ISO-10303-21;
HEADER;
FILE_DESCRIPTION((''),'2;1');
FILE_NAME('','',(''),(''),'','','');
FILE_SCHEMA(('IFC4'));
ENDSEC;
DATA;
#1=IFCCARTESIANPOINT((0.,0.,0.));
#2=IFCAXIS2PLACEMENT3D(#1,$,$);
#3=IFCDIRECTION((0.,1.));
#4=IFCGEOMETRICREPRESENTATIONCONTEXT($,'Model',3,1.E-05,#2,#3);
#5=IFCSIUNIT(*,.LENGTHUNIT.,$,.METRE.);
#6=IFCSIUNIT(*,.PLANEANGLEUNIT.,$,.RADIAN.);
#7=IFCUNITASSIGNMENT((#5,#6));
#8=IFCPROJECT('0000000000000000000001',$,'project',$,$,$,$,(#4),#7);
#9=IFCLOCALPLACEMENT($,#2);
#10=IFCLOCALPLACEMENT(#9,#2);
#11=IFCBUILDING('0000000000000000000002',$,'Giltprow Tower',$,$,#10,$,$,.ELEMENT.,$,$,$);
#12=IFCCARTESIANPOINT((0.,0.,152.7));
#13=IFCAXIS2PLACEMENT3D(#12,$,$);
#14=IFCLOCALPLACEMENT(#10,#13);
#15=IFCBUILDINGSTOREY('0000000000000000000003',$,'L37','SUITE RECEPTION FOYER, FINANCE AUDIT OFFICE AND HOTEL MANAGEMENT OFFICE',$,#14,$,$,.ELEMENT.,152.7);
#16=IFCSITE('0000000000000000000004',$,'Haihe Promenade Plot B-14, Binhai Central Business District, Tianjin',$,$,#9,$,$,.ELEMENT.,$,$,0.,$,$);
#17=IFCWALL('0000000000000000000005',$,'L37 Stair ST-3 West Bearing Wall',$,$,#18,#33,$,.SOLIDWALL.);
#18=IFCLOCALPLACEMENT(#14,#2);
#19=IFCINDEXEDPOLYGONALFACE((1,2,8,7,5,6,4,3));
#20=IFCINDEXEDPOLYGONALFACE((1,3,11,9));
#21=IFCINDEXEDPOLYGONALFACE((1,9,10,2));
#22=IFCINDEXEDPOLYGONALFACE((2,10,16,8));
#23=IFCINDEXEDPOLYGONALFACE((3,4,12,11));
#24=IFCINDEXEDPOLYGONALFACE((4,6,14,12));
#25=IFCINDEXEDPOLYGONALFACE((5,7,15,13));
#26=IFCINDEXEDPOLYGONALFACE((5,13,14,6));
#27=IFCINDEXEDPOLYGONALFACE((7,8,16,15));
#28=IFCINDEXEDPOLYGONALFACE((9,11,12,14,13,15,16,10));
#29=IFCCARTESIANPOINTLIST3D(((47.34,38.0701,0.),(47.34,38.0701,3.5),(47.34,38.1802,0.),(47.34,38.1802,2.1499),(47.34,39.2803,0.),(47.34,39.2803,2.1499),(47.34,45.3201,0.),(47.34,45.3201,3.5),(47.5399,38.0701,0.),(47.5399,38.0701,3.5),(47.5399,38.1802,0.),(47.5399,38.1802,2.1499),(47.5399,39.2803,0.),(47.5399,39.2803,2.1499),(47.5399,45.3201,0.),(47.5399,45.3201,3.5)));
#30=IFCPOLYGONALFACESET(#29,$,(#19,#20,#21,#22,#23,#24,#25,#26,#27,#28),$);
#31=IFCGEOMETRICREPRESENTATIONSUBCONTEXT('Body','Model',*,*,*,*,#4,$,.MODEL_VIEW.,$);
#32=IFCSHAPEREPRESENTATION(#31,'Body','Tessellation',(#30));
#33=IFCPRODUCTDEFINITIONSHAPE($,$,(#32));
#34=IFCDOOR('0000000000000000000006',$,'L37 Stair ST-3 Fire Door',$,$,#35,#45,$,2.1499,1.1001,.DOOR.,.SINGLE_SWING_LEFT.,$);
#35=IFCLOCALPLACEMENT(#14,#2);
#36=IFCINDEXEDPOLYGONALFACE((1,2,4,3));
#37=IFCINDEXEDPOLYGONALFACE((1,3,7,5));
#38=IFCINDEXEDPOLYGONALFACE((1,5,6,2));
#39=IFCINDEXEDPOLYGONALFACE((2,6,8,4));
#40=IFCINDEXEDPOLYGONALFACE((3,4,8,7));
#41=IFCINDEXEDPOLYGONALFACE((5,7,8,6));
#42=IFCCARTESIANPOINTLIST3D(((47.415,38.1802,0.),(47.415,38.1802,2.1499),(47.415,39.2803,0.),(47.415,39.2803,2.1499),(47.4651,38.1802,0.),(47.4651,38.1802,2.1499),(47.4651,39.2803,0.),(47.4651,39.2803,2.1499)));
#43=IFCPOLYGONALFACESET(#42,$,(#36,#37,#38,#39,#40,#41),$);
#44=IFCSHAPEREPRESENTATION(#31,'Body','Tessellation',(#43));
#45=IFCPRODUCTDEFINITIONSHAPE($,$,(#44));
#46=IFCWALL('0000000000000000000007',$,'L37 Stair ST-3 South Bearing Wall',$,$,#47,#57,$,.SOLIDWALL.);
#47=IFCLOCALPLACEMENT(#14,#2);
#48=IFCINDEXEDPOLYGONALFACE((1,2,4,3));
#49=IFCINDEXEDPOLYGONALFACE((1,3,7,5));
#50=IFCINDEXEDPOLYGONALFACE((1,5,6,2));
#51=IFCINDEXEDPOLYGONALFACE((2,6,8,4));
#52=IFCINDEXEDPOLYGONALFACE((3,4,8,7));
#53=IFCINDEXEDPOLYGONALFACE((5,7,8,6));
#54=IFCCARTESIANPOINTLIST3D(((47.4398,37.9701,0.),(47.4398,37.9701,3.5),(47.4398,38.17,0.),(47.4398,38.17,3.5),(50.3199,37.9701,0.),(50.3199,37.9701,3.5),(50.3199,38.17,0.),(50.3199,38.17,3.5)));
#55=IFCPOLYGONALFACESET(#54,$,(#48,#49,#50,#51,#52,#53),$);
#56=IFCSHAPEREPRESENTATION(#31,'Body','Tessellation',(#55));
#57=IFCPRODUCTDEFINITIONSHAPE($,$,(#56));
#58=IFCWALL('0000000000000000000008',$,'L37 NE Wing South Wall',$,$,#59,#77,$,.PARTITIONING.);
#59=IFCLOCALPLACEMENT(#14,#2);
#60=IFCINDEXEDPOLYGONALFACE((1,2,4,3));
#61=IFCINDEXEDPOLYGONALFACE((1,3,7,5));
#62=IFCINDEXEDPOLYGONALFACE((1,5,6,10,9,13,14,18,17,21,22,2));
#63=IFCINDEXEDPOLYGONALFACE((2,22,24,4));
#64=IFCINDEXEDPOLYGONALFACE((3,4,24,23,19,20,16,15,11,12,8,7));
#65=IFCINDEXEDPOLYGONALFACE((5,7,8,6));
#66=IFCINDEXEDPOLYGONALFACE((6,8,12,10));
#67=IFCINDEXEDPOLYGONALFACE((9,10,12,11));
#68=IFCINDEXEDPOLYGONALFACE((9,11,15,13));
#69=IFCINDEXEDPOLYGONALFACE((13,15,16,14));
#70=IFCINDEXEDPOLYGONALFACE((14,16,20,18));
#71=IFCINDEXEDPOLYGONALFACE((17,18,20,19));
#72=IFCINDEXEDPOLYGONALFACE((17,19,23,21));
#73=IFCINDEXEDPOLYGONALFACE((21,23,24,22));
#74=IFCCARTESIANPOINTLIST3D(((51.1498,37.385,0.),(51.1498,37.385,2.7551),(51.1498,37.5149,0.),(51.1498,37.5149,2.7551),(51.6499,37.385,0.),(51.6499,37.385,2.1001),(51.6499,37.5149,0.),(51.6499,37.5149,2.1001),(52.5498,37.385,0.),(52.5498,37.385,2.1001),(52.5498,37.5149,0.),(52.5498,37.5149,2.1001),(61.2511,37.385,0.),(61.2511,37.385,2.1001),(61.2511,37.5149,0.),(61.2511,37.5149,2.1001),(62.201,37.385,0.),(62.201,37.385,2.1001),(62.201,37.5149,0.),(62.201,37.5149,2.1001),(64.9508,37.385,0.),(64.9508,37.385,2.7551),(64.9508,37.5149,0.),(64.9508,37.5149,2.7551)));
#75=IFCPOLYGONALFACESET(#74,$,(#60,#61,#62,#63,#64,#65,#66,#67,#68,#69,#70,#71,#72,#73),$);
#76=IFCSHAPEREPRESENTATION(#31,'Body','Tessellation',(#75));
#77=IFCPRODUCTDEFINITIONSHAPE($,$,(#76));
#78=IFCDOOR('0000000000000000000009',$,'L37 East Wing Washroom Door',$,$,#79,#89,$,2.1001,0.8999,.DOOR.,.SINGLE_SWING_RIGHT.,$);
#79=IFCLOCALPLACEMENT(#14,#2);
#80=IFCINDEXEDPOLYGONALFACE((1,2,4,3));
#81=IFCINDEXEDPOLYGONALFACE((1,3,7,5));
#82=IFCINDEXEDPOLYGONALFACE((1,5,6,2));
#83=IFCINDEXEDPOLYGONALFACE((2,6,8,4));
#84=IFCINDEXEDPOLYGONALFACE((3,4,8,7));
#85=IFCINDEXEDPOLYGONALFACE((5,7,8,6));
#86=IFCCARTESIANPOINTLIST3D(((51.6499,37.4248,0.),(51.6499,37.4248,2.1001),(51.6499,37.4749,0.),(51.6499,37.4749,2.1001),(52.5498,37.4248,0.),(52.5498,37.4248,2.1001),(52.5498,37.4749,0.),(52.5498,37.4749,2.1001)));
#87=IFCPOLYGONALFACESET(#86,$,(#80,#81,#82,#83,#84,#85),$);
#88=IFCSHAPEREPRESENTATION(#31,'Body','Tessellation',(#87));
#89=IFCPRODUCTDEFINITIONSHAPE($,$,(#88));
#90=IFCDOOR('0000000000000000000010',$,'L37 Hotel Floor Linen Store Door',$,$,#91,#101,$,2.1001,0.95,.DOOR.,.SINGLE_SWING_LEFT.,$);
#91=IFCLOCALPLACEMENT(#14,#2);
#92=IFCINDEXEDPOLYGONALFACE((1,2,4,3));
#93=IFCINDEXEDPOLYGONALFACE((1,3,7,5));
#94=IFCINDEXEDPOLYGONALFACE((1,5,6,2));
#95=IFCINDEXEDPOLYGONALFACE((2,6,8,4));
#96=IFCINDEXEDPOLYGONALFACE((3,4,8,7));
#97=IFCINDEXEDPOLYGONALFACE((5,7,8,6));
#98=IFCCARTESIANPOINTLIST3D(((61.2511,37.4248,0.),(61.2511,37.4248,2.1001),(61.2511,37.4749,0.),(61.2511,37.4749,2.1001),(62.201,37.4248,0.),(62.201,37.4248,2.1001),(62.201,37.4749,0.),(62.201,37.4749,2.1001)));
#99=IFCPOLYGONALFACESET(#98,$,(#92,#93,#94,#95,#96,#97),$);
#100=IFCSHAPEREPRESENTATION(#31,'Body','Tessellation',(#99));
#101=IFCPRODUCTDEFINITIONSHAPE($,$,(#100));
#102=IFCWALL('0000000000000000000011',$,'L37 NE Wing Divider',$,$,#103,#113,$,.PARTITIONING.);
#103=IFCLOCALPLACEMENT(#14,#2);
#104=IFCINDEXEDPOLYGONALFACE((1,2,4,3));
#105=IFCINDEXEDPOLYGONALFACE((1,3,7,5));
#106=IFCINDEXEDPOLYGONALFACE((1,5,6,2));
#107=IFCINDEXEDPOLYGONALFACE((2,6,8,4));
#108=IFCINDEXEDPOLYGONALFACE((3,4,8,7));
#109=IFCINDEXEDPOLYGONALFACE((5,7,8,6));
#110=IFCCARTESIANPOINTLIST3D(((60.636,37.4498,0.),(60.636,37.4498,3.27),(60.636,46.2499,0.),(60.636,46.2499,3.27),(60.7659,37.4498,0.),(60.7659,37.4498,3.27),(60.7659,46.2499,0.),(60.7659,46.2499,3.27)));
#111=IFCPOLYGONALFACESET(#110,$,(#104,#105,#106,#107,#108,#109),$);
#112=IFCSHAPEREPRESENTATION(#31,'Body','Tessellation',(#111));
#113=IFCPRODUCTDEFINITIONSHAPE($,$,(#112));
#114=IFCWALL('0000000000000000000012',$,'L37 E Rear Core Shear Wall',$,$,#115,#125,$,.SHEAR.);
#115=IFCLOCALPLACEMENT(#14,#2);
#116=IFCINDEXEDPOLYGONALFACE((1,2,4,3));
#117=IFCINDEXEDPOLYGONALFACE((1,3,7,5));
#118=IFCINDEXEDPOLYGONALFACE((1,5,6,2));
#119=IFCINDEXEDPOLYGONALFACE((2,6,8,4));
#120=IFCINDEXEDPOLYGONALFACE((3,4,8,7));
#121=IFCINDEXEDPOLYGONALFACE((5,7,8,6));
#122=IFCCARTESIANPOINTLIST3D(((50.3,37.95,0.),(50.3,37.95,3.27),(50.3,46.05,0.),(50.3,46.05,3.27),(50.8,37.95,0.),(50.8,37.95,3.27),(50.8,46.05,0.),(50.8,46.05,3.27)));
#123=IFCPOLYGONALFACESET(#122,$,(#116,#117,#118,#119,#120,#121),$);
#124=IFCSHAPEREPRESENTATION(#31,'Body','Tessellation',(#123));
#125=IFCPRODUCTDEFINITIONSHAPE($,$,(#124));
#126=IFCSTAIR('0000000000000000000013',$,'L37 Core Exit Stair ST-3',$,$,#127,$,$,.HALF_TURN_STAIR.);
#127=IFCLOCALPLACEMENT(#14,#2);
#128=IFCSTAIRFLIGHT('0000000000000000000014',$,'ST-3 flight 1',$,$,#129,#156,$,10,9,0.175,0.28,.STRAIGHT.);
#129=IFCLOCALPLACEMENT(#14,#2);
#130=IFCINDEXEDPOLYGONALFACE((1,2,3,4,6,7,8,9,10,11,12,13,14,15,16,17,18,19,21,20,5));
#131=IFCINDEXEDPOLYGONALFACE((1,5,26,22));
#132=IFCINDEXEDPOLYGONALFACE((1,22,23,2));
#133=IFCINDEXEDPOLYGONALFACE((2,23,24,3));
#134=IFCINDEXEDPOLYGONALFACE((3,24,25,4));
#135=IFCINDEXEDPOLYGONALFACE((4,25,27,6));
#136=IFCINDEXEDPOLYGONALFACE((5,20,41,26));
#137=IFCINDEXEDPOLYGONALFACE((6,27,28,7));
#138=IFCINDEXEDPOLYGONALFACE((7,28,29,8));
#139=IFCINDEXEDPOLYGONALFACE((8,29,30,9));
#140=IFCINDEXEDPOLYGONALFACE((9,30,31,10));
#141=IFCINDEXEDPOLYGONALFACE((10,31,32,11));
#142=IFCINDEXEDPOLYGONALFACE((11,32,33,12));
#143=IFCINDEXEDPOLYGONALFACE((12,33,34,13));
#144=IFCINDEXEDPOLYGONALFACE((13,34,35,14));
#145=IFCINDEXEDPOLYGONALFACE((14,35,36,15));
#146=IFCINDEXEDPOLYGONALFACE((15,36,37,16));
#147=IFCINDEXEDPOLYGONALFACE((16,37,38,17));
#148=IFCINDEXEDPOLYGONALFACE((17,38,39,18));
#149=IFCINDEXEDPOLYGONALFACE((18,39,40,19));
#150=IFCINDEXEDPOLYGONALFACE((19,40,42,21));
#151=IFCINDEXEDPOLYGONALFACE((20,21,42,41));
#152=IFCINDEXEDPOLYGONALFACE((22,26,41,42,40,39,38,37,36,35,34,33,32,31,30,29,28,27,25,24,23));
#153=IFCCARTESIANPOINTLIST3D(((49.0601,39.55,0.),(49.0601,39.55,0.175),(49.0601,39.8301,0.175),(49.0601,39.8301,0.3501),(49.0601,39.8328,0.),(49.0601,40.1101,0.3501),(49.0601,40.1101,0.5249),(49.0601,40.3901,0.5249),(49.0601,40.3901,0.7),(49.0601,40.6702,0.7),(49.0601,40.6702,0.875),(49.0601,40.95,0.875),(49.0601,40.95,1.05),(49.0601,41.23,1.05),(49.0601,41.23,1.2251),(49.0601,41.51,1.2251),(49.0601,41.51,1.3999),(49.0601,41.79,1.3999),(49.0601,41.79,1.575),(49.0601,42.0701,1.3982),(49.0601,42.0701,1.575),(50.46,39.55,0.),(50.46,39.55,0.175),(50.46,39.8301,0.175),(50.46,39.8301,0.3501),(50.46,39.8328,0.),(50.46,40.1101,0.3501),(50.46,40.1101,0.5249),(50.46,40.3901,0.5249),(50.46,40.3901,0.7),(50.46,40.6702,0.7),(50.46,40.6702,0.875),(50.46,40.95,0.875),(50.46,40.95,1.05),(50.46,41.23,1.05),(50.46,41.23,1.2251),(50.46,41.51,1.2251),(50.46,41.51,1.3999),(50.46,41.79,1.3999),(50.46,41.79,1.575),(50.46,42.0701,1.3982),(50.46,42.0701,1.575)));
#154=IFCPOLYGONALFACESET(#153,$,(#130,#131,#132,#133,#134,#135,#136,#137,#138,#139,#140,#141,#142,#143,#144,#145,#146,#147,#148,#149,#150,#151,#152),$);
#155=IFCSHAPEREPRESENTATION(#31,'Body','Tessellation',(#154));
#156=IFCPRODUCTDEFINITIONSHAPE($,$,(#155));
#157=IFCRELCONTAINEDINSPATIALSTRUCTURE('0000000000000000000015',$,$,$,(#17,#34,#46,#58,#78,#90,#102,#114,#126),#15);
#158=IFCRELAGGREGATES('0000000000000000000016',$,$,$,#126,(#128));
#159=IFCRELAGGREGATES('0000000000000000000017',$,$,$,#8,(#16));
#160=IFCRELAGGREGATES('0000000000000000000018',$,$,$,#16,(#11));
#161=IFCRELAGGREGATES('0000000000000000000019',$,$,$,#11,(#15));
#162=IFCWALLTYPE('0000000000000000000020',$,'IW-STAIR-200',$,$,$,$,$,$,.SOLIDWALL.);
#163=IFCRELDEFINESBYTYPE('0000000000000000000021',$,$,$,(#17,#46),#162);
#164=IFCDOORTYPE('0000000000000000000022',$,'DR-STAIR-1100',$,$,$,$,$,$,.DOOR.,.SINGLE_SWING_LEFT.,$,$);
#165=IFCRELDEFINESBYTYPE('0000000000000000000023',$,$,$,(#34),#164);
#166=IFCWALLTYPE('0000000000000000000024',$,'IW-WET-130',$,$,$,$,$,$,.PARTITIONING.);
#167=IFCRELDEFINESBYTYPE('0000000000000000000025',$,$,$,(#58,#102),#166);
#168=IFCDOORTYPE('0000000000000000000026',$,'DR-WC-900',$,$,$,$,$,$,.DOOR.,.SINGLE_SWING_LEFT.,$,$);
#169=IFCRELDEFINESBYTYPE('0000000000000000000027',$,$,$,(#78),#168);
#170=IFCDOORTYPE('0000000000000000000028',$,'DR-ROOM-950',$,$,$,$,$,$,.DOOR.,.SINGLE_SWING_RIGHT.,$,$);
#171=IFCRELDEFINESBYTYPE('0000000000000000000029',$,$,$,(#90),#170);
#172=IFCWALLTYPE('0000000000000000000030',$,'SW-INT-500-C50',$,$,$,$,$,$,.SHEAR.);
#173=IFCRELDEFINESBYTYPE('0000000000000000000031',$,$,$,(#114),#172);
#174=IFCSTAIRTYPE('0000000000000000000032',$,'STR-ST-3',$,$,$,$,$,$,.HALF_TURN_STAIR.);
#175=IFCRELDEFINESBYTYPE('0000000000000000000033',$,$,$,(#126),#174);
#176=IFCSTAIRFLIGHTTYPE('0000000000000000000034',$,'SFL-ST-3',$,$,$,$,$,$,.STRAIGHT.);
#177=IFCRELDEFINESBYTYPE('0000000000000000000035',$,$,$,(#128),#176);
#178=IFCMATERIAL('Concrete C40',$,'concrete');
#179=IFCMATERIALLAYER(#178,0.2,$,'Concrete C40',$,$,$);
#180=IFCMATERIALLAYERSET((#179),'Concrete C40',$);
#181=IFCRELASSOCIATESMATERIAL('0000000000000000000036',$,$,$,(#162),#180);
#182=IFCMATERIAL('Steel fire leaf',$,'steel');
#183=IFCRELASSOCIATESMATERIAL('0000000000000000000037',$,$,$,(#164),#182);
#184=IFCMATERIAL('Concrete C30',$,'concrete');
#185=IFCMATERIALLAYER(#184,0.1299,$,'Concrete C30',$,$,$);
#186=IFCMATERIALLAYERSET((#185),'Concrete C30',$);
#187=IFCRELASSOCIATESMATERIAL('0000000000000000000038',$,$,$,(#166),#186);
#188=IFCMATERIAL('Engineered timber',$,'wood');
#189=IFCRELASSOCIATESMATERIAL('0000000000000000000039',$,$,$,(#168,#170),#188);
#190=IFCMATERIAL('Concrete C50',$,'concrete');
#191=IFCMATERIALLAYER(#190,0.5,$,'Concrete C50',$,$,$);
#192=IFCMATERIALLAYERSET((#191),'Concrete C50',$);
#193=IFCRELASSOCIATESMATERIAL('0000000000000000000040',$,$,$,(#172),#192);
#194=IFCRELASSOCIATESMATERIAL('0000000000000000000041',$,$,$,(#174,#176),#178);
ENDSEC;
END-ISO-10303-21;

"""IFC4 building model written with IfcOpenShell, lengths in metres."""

from ifc_helpers import new_model, si_unit, direction, frame, frame_2d, origin, place, context, subcontext, project, spatial, polyline, rectangle, outline, extrude, source, transform, mapped, material, layer, layer_set, type_object, element, fill, aggregate, save


model = new_model("IFC4")

# Units and contexts
model_context = context("Model", 3, precision=1e-05, world=origin(), true_north=direction((0.0, 1.0)))
body_context = subcontext(model_context, "Body", "Model", "MODEL_VIEW")
ifc_project = project(units=[si_unit("LENGTHUNIT", "METRE"), si_unit("PLANEANGLEUNIT", "RADIAN")], contexts=[model_context])

# Site, building, storey
site_placement = place(None, origin())
site = spatial("IfcSite", under=ifc_project, at=site_placement, Name="Haihe Promenade Plot B-14, Binhai Central Business District, Tianjin", CompositionType="ELEMENT", RefElevation=0.0)
building_placement = place(site_placement, origin())
building = spatial("IfcBuilding", under=site, at=building_placement, Name="Giltprow Tower", CompositionType="ELEMENT")
storey_placement = place(building_placement, frame((0.0, 0.0, 152.7)))
storey = spatial("IfcBuildingStorey", under=building, at=storey_placement, Name="L37", Description="SUITE RECEPTION FOYER, FINANCE AUDIT OFFICE AND HOTEL MANAGEMENT OFFICE", CompositionType="ELEMENT", Elevation=152.7)

# Shared definitions
ifc_material_1 = material(Name="Concrete C50", Category="concrete")

# Wall, opening, door
ifc_material_2 = material(Name="Concrete C40", Category="concrete")
ifc_layer_1 = layer(ifc_material_2, 0.2, Name="Concrete C40")
ifc_layer_set_1 = layer_set([ifc_layer_1], Name="Concrete C40")
wall_type_1 = type_object("IfcWallType", Name="IW-STAIR-200", PredefinedType="SOLIDWALL", material=ifc_layer_set_1)
wall_1_placement = place(storey_placement, frame((47.4399, 38.0701, 0.0), z_axis=(0.0, 0.0, 1.0), x_axis=(0.0, 1.0, 0.0)))
wall_1 = element("IfcWall", 1, at=wall_1_placement, inside=storey, type_object=wall_type_1, Name="L37 Stair ST-3 West Bearing Wall", PredefinedType="SOLIDWALL", context=body_context, shape_type="SweptSolid", body=[
    extrude(rectangle(XDim=7.25, YDim=0.2, at=frame_2d((3.625, 0.0))), origin(), (0.0, 0.0, 1.0), 3.5),
])
opening_1_placement = place(wall_1_placement, frame((0.1101, 0.0, 0.0)))
opening_1 = element("IfcOpeningElement", 2, at=opening_1_placement, cuts=wall_1, PredefinedType="OPENING", context=body_context, shape_type="SweptSolid", body=[
    extrude(rectangle(XDim=1.1001, YDim=2.1499, at=frame_2d((0.55, 1.075))), frame((0.0, 0.1099, 0.0), z_axis=(0.0, -1.0, 0.0), x_axis=(1.0, 0.0, 0.0)), (0.0, 0.0, 1.0), 0.22),
])
ifc_material_3 = material(Name="Steel fire leaf", Category="steel")
door_type_1 = type_object("IfcDoorType", Name="DR-STAIR-1100", OperationType="SINGLE_SWING_LEFT", PredefinedType="DOOR", material=ifc_material_3)
shared_shape_1 = source(origin(), body_context, "Body", "SweptSolid", [
    extrude(rectangle(XDim=1.1001, YDim=2.1499, at=frame_2d((0.55, 1.075))), frame((0.0, 0.0249, 0.0), z_axis=(0.0, -1.0, 0.0), x_axis=(1.0, 0.0, 0.0)), (0.0, 0.0, 1.0), 0.05),
])
door_1_placement = place(opening_1_placement, origin())
door_1 = element("IfcDoor", 3, at=door_1_placement, inside=storey, type_object=door_type_1, Name="L37 Stair ST-3 Fire Door", OperationType="SINGLE_SWING_LEFT", OverallHeight=2.1499, OverallWidth=1.1001, PredefinedType="DOOR", context=body_context, shape_type="MappedRepresentation", body=[
    mapped(shared_shape_1, transform((0.0, 0.0, 0.0), x_axis=(1.0, 0.0, 0.0), y_axis=(0.0, 1.0, 0.0), z_axis=(0.0, 0.0, 1.0), scale=1.0)),
])
fill(opening_1, door_1)

# Wall
wall_2_placement = place(storey_placement, frame((47.4399, 38.0701, 0.0), z_axis=(0.0, 0.0, 1.0), x_axis=(1.0, 0.0, 0.0)))
element("IfcWall", 4, at=wall_2_placement, inside=storey, type_object=wall_type_1, Name="L37 Stair ST-3 South Bearing Wall", PredefinedType="SOLIDWALL", context=body_context, shape_type="SweptSolid", body=[
    extrude(rectangle(XDim=2.8801, YDim=0.2, at=frame_2d((1.4399, 0.0))), origin(), (0.0, 0.0, 1.0), 3.5),
])

# Wall, openings, doors
ifc_material_4 = material(Name="Concrete C30", Category="concrete")
ifc_layer_2 = layer(ifc_material_4, 0.1299, Name="Concrete C30")
ifc_layer_set_2 = layer_set([ifc_layer_2], Name="Concrete C30")
wall_type_2 = type_object("IfcWallType", Name="IW-WET-130", PredefinedType="PARTITIONING", material=ifc_layer_set_2)
wall_3_placement = place(storey_placement, frame((51.1499, 37.45, 0.0), z_axis=(0.0, 0.0, 1.0), x_axis=(1.0, 0.0, 0.0)))
wall_3 = element("IfcWall", 5, at=wall_3_placement, inside=storey, type_object=wall_type_2, Name="L37 NE Wing South Wall", PredefinedType="PARTITIONING", context=body_context, shape_type="SweptSolid", body=[
    extrude(rectangle(XDim=13.801, YDim=0.1299, at=frame_2d((6.9004, 0.0))), origin(), (0.0, 0.0, 1.0), 2.7551),
])
opening_2_placement = place(wall_3_placement, frame((0.5, 0.0, 0.0)))
opening_2 = element("IfcOpeningElement", 6, at=opening_2_placement, cuts=wall_3, PredefinedType="OPENING", context=body_context, shape_type="SweptSolid", body=[
    extrude(rectangle(XDim=0.8999, YDim=2.1001, at=frame_2d((0.45, 1.05))), frame((0.0, 0.075, 0.0), z_axis=(0.0, -1.0, 0.0), x_axis=(1.0, 0.0, 0.0)), (0.0, 0.0, 1.0), 0.1499),
])
opening_3_placement = place(wall_3_placement, frame((10.1011, 0.0, 0.0)))
opening_3 = element("IfcOpeningElement", 7, at=opening_3_placement, cuts=wall_3, PredefinedType="OPENING", context=body_context, shape_type="SweptSolid", body=[
    extrude(rectangle(XDim=0.95, YDim=2.1001, at=frame_2d((0.4751, 1.05))), frame((0.0, 0.075, 0.0), z_axis=(0.0, -1.0, 0.0), x_axis=(1.0, 0.0, 0.0)), (0.0, 0.0, 1.0), 0.1499),
])
ifc_material_5 = material(Name="Engineered timber", Category="wood")
door_type_2 = type_object("IfcDoorType", Name="DR-WC-900", OperationType="SINGLE_SWING_LEFT", PredefinedType="DOOR", material=ifc_material_5)
shared_shape_2 = source(origin(), body_context, "Body", "SweptSolid", [
    extrude(rectangle(XDim=0.8999, YDim=2.1001, at=frame_2d((0.45, 1.05))), frame((0.0, 0.0249, 0.0), z_axis=(0.0, -1.0, 0.0), x_axis=(1.0, 0.0, 0.0)), (0.0, 0.0, 1.0), 0.05),
])
door_2_placement = place(opening_2_placement, origin())
door_2 = element("IfcDoor", 8, at=door_2_placement, inside=storey, type_object=door_type_2, Name="L37 East Wing Washroom Door", OperationType="SINGLE_SWING_RIGHT", OverallHeight=2.1001, OverallWidth=0.8999, PredefinedType="DOOR", context=body_context, shape_type="MappedRepresentation", body=[
    mapped(shared_shape_2, transform((0.0, 0.0, 0.0), x_axis=(1.0, 0.0, 0.0), y_axis=(0.0, 1.0, 0.0), z_axis=(0.0, 0.0, 1.0), scale=1.0)),
])
fill(opening_2, door_2)
door_type_3 = type_object("IfcDoorType", Name="DR-ROOM-950", OperationType="SINGLE_SWING_RIGHT", PredefinedType="DOOR", material=ifc_material_5)
shared_shape_3 = source(origin(), body_context, "Body", "SweptSolid", [
    extrude(rectangle(XDim=0.95, YDim=2.1001, at=frame_2d((0.4751, 1.05))), frame((0.0, 0.0249, 0.0), z_axis=(0.0, -1.0, 0.0), x_axis=(1.0, 0.0, 0.0)), (0.0, 0.0, 1.0), 0.05),
])
door_3_placement = place(opening_3_placement, origin())
door_3 = element("IfcDoor", 9, at=door_3_placement, inside=storey, type_object=door_type_3, Name="L37 Hotel Floor Linen Store Door", OperationType="SINGLE_SWING_LEFT", OverallHeight=2.1001, OverallWidth=0.95, PredefinedType="DOOR", context=body_context, shape_type="MappedRepresentation", body=[
    mapped(shared_shape_3, transform((0.0, 0.0, 0.0), x_axis=(1.0, 0.0, 0.0), y_axis=(0.0, 1.0, 0.0), z_axis=(0.0, 0.0, 1.0), scale=1.0)),
])
fill(opening_3, door_3)

# Walls
wall_4_placement = place(storey_placement, frame((60.7009, 37.45, 0.0), z_axis=(0.0, 0.0, 1.0), x_axis=(0.0, 1.0, 0.0)))
element("IfcWall", 10, at=wall_4_placement, inside=storey, type_object=wall_type_2, Name="L37 NE Wing Divider", PredefinedType="PARTITIONING", context=body_context, shape_type="SweptSolid", body=[
    extrude(rectangle(XDim=8.8, YDim=0.1299, at=frame_2d((4.3999, 0.0))), origin(), (0.0, 0.0, 1.0), 3.27),
])
ifc_layer_3 = layer(ifc_material_1, 0.5, Name="Concrete C50")
ifc_layer_set_3 = layer_set([ifc_layer_3], Name="Concrete C50")
wall_type_3 = type_object("IfcWallType", Name="SW-INT-500-C50", PredefinedType="SHEAR", material=ifc_layer_set_3)
wall_5_placement = place(storey_placement, frame((50.55, 37.95, 0.0), z_axis=(0.0, 0.0, 1.0), x_axis=(0.0, 1.0, 0.0)))
element("IfcWall", 11, at=wall_5_placement, inside=storey, type_object=wall_type_3, Name="L37 E Rear Core Shear Wall", PredefinedType="SHEAR", context=body_context, shape_type="SweptSolid", body=[
    extrude(rectangle(XDim=8.1001, YDim=0.5, at=frame_2d((4.05, 0.0))), origin(), (0.0, 0.0, 1.0), 3.27),
])

# Stair, stair flight
stair_type = type_object("IfcStairType", Name="STR-ST-3", PredefinedType="HALF_TURN_STAIR", material=ifc_material_2)
stair_placement = place(storey_placement, origin())
stair = element("IfcStair", 12, at=stair_placement, inside=storey, type_object=stair_type, Name="L37 Core Exit Stair ST-3", PredefinedType="HALF_TURN_STAIR")
stair_flight_type = type_object("IfcStairFlightType", Name="SFL-ST-3", PredefinedType="STRAIGHT", material=ifc_material_2)
stair_flight_placement = place(storey_placement, frame((49.76, 39.55, 0.0), z_axis=(0.0, 0.0, 1.0), x_axis=(0.0, 1.0, 0.0)))
stair_flight = element("IfcStairFlight", 13, at=stair_flight_placement, type_object=stair_flight_type, Name="ST-3 flight 1", NumberOfRisers=10, NumberOfTreads=9, PredefinedType="STRAIGHT", RiserHeight=0.175, TreadLength=0.28, context=body_context, shape_type="SweptSolid", body=[
    extrude(outline(polyline([(0.0, 0.0), (0.0, 0.175), (0.28, 0.175), (0.28, 0.3501), (0.5601, 0.3501), (0.5601, 0.5249), (0.8401, 0.5249), (0.8401, 0.7), (1.1201, 0.7), (1.1201, 0.875), (1.3999, 0.875), (1.3999, 1.05), (1.6799, 1.05), (1.6799, 1.2251), (1.96, 1.2251), (1.96, 1.3999), (2.24, 1.3999), (2.24, 1.575), (2.52, 1.575), (2.52, 1.75), (2.52, 1.3982), (0.2827, 0.0), (0.0, 0.0)])), frame((0.0, 0.7, 0.0), z_axis=(0.0, -1.0, 0.0), x_axis=(1.0, 0.0, 0.0)), (0.0, 0.0, 1.0), 1.3999),
])
aggregate(stair, [stair_flight])

save(model, "model.ifc")
